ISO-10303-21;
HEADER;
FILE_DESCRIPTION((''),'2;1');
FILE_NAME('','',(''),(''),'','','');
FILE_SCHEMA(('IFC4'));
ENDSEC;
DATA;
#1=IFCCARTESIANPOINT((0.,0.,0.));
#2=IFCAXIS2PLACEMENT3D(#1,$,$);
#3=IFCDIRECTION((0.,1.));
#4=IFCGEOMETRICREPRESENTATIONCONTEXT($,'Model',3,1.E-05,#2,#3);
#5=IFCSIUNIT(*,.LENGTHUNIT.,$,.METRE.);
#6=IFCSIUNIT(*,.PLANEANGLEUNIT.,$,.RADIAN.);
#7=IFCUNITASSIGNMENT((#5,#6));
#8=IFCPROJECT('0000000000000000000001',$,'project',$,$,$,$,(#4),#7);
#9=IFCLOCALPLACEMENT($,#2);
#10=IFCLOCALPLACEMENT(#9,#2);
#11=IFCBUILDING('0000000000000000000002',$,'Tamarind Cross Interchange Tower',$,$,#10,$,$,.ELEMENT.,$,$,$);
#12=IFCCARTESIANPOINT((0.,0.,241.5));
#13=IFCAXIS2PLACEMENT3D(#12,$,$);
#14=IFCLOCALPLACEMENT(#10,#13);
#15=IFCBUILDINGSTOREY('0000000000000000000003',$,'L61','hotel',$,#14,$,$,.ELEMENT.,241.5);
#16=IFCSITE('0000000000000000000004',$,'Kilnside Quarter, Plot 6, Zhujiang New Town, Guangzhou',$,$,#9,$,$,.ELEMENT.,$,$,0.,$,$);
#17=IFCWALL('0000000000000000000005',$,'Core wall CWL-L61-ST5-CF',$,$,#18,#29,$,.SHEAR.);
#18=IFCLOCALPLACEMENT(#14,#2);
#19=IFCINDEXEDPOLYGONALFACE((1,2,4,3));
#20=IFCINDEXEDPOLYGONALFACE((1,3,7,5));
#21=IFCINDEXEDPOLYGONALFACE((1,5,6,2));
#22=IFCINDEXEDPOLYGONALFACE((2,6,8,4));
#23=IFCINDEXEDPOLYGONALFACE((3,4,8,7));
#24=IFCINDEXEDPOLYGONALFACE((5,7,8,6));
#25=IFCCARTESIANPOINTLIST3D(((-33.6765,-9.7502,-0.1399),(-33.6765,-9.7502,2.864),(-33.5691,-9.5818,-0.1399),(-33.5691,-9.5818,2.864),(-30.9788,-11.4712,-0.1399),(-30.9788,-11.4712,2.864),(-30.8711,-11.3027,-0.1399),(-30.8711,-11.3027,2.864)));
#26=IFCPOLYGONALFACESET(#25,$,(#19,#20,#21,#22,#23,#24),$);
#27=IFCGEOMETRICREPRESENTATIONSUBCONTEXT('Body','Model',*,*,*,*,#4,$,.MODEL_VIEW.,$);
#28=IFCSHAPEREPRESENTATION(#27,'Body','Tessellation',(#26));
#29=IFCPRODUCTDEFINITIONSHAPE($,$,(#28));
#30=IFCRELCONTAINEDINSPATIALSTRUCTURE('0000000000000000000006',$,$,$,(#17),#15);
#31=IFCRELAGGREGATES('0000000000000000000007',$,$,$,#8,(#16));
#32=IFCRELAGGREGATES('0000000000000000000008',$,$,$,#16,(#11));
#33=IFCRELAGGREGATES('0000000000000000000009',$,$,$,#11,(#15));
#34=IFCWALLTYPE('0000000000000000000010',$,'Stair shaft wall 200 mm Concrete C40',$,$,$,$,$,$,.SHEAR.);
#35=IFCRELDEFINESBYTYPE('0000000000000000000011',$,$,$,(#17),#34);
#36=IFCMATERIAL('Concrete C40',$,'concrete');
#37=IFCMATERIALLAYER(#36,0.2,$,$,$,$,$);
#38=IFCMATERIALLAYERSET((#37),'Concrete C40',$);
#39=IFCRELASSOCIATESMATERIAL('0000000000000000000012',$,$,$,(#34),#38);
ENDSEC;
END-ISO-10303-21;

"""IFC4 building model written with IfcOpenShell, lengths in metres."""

from ifc_helpers import new_model, si_unit, direction, frame, origin, place, context, subcontext, project, spatial, polyline, outline, extrude, material, layer, layer_set, type_object, element, save


model = new_model("IFC4")

# Units and contexts
model_context = context("Model", 3, precision=1e-05, world=origin(), true_north=direction((0.0, 1.0)))
body_context = subcontext(model_context, "Body", "Model", "MODEL_VIEW")
ifc_project = project(units=[si_unit("LENGTHUNIT", "METRE"), si_unit("PLANEANGLEUNIT", "RADIAN")], contexts=[model_context])

# Site, building, storey
site_placement = place(None, origin())
site = spatial("IfcSite", under=ifc_project, at=site_placement, Name="Kilnside Quarter, Plot 6, Zhujiang New Town, Guangzhou", CompositionType="ELEMENT", RefElevation=0.0)
building_placement = place(site_placement, origin())
building = spatial("IfcBuilding", under=site, at=building_placement, Name="Tamarind Cross Interchange Tower", CompositionType="ELEMENT")
storey_placement = place(building_placement, frame((0.0, 0.0, 241.5)))
storey = spatial("IfcBuildingStorey", under=building, at=storey_placement, Name="L61", Description="hotel", CompositionType="ELEMENT", Elevation=241.5)

# Shared definitions
ifc_material_1 = material(Name="Concrete C40", Category="concrete")

# Wall
ifc_layer_1 = layer(ifc_material_1, 0.2)
ifc_layer_set_1 = layer_set([ifc_layer_1], Name="Concrete C40")
wall_type_1 = type_object("IfcWallType", Name="Stair shaft wall 200 mm Concrete C40", PredefinedType="SHEAR", material=ifc_layer_set_1)
wall_1_placement = place(storey_placement, frame((0.0, 0.0, -0.1399)))
element("IfcWall", 1, at=wall_1_placement, inside=storey, type_object=wall_type_1, Name="Core wall CWL-L61-ST5-CF", PredefinedType="SHEAR", context=body_context, shape_type="SweptSolid", body=[
    extrude(outline(polyline([(-33.5691, -9.5818), (-33.6765, -9.7502), (-30.9788, -11.4712), (-30.8711, -11.3027), (-33.5691, -9.5818)])), origin(), (0.0, 0.0, 1.0), 3.0039),
])

save(model, "model.ifc")
